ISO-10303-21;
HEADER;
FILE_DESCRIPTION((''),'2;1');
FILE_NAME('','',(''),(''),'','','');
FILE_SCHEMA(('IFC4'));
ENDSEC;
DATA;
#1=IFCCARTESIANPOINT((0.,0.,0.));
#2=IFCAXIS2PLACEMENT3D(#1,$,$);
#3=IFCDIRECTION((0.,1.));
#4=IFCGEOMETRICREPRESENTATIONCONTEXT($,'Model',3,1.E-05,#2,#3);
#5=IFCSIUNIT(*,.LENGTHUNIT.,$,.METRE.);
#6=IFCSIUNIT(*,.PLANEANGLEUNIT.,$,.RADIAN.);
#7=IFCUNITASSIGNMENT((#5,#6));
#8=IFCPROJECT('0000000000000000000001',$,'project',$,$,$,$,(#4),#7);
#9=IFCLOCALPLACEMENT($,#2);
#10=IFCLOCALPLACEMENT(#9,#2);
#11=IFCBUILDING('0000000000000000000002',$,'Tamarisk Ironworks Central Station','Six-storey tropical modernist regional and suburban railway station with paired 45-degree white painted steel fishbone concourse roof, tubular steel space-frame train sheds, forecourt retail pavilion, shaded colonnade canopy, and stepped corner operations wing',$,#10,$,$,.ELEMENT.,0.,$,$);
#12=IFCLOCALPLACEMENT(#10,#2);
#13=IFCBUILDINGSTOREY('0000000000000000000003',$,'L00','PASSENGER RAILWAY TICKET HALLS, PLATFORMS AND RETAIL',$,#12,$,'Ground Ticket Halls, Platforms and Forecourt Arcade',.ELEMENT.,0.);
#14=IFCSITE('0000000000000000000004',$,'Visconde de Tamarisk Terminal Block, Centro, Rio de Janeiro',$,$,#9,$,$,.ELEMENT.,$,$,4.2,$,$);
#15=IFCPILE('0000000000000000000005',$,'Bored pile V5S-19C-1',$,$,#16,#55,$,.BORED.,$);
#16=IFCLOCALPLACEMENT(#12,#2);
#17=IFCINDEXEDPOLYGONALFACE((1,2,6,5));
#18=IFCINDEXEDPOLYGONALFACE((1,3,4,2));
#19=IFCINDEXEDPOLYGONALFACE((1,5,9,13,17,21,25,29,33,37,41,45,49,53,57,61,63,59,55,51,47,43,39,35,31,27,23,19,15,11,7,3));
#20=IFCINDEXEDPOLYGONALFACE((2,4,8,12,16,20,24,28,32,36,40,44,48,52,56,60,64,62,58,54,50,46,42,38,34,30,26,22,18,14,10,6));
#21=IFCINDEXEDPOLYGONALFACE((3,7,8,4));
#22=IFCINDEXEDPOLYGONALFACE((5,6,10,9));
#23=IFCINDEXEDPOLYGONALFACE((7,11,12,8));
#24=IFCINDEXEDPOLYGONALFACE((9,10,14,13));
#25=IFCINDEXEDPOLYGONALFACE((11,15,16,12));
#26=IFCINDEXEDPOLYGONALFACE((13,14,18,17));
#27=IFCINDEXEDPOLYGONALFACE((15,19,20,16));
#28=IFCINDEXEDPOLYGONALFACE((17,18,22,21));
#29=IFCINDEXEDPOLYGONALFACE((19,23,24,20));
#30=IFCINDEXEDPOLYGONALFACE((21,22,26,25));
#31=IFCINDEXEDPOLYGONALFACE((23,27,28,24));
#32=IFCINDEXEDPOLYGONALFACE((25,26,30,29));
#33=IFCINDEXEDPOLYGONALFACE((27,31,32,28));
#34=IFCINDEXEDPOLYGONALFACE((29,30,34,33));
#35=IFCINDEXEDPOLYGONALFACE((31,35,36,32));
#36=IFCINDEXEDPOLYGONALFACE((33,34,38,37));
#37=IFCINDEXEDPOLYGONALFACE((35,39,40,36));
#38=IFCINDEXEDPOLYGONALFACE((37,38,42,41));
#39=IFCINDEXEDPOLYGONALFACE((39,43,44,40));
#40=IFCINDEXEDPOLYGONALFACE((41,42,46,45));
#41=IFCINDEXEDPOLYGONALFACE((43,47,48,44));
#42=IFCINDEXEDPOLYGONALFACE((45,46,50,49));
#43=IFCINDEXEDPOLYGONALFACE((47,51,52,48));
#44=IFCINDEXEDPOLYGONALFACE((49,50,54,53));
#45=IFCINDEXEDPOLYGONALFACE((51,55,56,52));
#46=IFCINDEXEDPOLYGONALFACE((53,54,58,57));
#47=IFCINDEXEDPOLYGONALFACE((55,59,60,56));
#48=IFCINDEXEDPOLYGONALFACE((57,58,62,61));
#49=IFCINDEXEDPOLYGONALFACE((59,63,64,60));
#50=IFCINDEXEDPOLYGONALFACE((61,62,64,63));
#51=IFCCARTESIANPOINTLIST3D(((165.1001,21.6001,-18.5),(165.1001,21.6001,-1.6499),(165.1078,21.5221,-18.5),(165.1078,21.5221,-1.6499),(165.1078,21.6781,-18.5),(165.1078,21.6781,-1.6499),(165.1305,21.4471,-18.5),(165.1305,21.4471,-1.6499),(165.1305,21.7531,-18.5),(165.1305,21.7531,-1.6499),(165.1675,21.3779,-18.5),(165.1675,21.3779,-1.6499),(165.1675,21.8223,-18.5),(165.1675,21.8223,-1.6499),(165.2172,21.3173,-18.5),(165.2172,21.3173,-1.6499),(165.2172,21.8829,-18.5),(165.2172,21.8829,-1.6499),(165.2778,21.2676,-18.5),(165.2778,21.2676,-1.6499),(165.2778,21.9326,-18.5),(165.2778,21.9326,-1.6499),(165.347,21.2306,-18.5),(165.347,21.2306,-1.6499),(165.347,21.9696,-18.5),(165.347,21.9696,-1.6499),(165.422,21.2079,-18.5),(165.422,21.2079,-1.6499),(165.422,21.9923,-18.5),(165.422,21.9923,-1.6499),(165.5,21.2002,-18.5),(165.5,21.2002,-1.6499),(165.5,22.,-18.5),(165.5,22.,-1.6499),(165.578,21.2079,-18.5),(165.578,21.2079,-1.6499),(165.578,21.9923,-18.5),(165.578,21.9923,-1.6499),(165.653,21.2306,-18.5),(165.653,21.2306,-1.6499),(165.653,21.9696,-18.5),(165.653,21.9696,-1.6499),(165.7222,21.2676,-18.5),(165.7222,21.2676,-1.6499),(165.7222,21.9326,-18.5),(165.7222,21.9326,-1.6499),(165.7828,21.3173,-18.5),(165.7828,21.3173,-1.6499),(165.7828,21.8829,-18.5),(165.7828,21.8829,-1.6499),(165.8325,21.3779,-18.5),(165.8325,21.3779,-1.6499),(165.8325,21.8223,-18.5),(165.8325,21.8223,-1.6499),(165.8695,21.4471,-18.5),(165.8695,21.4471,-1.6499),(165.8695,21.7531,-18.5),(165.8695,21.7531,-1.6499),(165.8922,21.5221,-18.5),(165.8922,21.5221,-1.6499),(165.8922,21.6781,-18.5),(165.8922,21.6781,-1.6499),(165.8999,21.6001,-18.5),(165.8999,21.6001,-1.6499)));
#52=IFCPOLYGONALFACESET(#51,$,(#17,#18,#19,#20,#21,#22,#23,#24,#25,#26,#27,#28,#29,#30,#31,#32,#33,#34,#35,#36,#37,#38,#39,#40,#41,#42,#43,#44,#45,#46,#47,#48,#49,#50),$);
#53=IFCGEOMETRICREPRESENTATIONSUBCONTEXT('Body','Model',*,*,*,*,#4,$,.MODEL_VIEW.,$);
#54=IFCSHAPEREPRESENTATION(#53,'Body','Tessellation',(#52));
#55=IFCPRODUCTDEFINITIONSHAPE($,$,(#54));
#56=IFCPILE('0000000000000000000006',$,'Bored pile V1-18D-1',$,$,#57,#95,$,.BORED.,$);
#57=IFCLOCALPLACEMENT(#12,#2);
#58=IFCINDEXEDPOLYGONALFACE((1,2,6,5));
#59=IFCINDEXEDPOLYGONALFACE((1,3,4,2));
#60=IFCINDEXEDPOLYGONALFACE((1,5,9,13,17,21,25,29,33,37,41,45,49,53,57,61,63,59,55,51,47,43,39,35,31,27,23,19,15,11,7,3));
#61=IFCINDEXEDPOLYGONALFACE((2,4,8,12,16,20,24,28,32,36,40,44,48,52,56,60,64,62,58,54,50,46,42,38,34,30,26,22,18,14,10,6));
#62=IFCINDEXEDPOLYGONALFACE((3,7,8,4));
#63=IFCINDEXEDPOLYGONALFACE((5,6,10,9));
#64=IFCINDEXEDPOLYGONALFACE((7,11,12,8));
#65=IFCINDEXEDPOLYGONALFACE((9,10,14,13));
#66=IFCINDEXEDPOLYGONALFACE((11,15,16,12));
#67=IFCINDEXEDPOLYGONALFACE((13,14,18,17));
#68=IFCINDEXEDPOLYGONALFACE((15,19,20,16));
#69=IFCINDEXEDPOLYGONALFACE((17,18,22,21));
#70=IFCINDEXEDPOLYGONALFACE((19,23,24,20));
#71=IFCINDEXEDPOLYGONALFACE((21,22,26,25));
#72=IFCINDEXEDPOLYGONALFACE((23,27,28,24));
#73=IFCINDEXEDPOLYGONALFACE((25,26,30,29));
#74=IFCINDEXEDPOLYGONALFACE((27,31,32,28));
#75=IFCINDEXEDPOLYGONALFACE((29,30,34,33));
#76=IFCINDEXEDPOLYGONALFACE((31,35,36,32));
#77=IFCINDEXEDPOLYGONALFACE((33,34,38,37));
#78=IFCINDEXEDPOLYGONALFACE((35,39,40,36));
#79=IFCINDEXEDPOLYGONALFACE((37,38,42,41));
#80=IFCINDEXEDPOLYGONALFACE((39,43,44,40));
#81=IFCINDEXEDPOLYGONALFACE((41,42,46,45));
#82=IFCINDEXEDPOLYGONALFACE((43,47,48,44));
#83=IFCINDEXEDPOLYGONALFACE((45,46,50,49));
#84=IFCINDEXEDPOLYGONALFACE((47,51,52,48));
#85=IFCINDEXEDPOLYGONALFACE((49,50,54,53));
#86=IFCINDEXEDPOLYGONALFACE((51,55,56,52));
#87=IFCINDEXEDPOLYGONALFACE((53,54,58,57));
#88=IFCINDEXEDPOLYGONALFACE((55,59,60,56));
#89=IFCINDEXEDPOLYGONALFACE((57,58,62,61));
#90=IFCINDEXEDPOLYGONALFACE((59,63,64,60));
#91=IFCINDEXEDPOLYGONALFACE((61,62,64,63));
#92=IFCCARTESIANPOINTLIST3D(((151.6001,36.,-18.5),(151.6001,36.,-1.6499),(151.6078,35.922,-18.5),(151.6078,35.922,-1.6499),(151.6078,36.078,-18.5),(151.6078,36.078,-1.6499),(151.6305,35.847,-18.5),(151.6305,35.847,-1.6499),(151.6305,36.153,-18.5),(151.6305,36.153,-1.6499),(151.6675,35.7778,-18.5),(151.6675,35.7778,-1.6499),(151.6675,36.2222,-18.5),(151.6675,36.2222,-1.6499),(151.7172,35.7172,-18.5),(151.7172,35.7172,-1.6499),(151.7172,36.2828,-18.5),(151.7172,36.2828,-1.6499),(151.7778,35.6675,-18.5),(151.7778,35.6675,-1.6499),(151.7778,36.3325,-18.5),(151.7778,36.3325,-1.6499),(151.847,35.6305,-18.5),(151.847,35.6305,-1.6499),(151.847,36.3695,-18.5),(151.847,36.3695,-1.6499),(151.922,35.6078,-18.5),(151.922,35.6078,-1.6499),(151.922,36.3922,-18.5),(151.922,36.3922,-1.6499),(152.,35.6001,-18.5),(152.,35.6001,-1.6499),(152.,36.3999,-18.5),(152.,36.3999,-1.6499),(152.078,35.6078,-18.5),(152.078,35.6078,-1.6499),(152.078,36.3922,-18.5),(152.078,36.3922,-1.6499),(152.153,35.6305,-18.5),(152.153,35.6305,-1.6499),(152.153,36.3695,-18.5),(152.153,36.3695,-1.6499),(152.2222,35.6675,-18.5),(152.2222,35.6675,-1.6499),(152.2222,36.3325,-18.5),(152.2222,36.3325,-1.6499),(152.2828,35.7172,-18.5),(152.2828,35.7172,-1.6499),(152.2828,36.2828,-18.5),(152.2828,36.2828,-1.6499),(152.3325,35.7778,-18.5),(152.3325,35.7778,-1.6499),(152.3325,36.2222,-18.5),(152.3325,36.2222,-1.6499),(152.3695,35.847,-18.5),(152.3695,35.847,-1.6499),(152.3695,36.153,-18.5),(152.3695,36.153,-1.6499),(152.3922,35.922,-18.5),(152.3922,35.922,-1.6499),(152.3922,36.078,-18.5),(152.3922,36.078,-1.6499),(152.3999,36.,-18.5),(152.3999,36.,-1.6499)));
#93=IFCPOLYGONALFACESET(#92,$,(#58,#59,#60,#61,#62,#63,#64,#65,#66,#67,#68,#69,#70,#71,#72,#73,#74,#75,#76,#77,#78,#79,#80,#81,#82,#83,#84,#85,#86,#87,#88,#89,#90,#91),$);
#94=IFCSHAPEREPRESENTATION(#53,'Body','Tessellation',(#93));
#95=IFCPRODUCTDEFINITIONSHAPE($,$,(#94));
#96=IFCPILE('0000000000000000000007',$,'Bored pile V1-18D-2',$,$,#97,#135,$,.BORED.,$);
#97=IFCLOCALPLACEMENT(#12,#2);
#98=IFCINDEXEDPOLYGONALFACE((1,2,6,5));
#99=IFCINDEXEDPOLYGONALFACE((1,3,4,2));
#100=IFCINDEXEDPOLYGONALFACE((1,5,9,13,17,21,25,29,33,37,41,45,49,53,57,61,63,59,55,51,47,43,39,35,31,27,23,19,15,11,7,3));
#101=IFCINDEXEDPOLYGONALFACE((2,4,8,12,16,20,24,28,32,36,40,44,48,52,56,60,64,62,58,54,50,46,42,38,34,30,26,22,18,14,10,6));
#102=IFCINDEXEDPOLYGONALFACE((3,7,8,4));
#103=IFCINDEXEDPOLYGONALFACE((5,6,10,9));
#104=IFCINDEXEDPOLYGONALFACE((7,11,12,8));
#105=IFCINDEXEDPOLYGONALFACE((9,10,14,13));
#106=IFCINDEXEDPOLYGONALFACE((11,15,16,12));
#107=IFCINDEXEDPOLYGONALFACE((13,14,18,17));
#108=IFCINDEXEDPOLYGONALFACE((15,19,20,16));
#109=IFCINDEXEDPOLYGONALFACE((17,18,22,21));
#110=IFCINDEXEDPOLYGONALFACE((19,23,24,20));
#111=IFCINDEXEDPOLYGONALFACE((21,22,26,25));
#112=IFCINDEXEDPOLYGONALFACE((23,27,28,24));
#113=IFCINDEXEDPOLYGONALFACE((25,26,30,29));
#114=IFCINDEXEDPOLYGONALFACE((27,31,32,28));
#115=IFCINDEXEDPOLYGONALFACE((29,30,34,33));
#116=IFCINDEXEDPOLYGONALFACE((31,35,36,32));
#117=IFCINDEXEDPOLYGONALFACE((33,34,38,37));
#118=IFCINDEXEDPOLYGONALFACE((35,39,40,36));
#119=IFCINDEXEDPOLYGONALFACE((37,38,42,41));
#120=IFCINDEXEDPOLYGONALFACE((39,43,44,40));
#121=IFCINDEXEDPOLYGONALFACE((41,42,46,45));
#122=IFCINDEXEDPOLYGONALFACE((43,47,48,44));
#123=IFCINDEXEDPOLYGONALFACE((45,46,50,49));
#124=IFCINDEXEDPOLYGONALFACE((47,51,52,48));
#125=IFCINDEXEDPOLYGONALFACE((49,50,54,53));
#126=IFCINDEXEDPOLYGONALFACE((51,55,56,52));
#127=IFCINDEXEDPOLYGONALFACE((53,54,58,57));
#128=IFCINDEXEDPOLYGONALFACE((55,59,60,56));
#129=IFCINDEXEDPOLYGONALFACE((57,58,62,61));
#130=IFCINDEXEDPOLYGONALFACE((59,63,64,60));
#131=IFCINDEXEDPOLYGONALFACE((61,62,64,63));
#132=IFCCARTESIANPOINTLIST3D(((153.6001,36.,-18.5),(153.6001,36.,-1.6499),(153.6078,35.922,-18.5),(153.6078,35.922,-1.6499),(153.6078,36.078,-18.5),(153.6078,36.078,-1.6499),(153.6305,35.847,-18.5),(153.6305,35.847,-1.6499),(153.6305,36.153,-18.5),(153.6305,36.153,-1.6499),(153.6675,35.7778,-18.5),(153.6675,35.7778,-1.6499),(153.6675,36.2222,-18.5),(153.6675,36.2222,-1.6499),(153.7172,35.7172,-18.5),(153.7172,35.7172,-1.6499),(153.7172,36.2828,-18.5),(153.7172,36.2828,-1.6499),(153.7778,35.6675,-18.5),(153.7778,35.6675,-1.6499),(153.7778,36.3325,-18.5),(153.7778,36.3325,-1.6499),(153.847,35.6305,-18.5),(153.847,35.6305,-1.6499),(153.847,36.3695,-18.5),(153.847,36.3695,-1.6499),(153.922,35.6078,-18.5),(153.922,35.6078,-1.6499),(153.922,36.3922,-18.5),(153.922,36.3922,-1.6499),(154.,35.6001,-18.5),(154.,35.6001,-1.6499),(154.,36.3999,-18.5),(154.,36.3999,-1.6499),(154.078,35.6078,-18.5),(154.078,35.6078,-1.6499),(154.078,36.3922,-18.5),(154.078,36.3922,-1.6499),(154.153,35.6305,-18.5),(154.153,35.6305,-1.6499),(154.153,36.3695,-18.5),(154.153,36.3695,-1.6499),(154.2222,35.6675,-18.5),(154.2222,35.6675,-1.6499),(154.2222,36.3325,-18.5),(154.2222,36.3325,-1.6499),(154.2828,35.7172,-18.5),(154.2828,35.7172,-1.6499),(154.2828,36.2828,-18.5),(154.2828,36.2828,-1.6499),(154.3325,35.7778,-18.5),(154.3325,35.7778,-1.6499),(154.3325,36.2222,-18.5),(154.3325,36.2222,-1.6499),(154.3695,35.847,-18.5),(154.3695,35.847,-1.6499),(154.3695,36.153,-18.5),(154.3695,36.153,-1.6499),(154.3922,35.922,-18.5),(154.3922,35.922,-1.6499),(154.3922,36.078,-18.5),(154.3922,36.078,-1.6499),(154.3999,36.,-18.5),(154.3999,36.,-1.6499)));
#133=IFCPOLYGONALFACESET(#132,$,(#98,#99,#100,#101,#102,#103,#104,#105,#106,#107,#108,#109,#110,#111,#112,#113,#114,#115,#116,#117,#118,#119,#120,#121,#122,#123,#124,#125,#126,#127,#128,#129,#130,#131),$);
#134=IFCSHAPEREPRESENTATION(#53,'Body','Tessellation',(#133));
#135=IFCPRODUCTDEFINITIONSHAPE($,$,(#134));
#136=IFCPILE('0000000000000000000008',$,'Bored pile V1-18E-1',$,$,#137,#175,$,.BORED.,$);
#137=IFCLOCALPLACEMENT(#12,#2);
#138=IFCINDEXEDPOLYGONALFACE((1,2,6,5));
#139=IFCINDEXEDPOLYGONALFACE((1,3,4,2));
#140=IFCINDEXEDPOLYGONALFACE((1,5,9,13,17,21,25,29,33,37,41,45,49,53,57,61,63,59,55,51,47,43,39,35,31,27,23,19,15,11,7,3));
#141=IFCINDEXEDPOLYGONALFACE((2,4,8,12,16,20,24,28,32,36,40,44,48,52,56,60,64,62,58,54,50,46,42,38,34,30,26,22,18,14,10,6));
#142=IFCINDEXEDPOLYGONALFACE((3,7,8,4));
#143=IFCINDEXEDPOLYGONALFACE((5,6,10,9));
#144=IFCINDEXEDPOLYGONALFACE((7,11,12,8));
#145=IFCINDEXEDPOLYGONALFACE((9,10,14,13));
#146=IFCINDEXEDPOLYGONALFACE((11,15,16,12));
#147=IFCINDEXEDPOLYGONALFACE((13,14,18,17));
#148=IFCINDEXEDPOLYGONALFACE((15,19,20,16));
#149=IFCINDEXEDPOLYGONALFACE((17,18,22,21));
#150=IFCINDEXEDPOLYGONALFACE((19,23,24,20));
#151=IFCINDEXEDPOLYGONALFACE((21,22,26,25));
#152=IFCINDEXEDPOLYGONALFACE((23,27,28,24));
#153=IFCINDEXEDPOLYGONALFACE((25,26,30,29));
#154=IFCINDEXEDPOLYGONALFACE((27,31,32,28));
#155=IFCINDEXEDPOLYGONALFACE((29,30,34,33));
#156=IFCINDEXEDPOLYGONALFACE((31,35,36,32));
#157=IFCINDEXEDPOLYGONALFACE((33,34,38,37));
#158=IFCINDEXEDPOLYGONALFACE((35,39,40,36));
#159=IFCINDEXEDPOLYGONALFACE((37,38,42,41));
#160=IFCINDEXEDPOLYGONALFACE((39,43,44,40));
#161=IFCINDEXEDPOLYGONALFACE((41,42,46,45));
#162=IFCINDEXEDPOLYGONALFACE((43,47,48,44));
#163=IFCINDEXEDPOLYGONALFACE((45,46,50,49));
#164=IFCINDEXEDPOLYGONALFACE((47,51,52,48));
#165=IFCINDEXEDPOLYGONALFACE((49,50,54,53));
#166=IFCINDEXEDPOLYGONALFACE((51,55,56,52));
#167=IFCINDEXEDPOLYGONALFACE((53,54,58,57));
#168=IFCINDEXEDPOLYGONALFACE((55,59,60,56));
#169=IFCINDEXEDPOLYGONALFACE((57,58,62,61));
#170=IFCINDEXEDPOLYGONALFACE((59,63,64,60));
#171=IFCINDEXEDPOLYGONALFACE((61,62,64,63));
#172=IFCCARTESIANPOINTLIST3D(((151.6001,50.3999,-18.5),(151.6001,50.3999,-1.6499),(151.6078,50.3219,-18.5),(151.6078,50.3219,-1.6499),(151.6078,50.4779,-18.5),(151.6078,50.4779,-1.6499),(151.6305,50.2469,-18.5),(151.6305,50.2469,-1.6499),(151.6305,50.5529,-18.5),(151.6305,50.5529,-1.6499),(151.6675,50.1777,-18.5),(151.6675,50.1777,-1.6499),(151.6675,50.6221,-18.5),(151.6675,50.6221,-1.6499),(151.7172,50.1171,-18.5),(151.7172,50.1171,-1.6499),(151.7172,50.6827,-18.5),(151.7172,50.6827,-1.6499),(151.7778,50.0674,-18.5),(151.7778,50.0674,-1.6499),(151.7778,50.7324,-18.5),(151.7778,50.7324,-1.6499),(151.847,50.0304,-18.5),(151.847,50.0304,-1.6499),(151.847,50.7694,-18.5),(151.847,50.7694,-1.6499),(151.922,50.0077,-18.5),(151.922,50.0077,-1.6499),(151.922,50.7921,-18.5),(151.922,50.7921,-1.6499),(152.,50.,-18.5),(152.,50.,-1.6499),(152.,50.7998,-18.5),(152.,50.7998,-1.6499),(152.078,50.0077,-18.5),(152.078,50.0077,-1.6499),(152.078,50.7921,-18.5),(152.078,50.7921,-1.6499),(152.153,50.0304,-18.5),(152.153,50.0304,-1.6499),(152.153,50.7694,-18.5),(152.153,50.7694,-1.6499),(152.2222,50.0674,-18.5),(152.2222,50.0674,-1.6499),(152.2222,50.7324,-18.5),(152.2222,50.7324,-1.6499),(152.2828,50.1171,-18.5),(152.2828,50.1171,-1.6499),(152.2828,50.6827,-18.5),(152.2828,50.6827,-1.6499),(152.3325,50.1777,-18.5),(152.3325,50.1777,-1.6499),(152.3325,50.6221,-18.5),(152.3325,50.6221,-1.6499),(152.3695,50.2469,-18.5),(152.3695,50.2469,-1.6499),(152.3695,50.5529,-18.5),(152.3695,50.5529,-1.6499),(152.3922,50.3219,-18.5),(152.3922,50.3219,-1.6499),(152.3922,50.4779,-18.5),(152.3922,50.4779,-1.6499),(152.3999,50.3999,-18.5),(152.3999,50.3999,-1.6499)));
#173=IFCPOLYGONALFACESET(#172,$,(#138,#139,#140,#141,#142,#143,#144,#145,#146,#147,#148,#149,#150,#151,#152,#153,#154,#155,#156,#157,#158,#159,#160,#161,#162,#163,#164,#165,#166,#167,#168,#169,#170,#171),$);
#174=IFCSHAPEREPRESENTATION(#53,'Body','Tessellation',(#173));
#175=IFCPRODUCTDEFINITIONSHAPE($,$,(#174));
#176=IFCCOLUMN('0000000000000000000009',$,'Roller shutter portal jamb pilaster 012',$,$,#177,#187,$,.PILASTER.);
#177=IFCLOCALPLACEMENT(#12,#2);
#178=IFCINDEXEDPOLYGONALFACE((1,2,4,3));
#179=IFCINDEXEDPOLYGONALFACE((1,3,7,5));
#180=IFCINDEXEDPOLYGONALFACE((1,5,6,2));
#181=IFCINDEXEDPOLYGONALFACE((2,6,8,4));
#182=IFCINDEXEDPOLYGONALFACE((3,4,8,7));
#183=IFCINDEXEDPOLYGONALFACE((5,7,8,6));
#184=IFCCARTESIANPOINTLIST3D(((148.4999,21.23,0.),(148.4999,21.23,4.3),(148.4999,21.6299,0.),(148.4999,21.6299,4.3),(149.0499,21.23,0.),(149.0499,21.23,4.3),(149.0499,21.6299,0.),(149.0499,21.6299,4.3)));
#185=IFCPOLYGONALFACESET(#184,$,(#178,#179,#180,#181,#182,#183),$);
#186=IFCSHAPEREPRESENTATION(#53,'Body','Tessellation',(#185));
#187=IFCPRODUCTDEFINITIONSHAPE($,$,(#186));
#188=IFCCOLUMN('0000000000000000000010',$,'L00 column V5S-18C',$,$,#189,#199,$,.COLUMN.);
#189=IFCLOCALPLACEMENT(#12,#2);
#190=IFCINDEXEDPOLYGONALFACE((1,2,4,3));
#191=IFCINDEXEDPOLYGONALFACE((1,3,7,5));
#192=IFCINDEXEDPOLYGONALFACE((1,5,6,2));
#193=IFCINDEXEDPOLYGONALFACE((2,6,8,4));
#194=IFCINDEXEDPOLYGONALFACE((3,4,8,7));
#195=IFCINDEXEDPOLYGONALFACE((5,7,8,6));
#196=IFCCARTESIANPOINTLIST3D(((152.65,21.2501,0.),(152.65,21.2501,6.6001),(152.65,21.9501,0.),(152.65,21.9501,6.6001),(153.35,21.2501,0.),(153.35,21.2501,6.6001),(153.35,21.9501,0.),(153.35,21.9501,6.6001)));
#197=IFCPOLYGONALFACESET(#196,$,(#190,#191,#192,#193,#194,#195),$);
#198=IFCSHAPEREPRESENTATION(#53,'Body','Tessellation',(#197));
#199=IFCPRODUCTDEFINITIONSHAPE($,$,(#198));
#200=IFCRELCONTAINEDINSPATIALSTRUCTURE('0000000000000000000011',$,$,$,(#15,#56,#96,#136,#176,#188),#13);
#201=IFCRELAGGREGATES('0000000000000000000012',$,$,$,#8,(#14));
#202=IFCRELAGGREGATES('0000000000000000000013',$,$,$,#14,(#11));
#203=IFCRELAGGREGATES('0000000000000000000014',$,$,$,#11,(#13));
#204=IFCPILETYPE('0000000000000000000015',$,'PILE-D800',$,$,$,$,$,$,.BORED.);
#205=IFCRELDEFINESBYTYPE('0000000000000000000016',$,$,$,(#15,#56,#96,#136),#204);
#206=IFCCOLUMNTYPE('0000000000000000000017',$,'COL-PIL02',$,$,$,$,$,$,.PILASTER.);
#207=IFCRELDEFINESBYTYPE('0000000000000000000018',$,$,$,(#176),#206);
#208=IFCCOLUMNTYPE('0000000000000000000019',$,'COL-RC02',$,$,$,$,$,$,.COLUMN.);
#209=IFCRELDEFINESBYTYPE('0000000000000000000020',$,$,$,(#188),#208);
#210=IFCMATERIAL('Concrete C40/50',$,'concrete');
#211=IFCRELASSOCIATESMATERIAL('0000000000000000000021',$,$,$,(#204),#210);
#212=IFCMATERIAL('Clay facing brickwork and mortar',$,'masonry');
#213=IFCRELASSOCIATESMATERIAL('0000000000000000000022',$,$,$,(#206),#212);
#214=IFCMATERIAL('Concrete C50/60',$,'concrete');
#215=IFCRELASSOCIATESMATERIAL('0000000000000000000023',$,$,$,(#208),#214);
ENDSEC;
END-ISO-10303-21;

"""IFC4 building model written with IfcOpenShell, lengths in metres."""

from ifc_helpers import new_model, si_unit, direction, frame, origin, origin_2d, place, context, subcontext, project, spatial, rectangle, circle, extrude, material, material_profile, profile_set, type_object, element, save


model = new_model("IFC4")

# Units and contexts
model_context = context("Model", 3, precision=1e-05, world=origin(), true_north=direction((0.0, 1.0)))
body_context = subcontext(model_context, "Body", "Model", "MODEL_VIEW")
ifc_project = project(units=[si_unit("LENGTHUNIT", "METRE"), si_unit("PLANEANGLEUNIT", "RADIAN")], contexts=[model_context])

# Site, building, storey
site_placement = place(None, origin())
site = spatial("IfcSite", under=ifc_project, at=site_placement, Name="Visconde de Tamarisk Terminal Block, Centro, Rio de Janeiro", CompositionType="ELEMENT", RefElevation=4.2)
building_placement = place(site_placement, origin())
building = spatial("IfcBuilding", under=site, at=building_placement, Name="Tamarisk Ironworks Central Station", Description="Six-storey tropical modernist regional and suburban railway station with paired 45-degree white painted steel fishbone concourse roof, tubular steel space-frame train sheds, forecourt retail pavilion, shaded colonnade canopy, and stepped corner operations wing", CompositionType="ELEMENT", ElevationOfRefHeight=0.0)
storey_placement = place(building_placement, origin())
storey = spatial("IfcBuildingStorey", under=building, at=storey_placement, Name="L00", Description="PASSENGER RAILWAY TICKET HALLS, PLATFORMS AND RETAIL", LongName="Ground Ticket Halls, Platforms and Forecourt Arcade", CompositionType="ELEMENT", Elevation=0.0)

# Shared definitions
ifc_material_1 = material(Name="Concrete C40/50", Category="concrete")

# Piles
ifc_material_profile_1 = material_profile(ifc_material_1, circle(Radius=0.3999, at=origin_2d()), Name="BORED PILE D800")
ifc_profile_set_1 = profile_set([ifc_material_profile_1], Name="Concrete C40/50")
pile_type = type_object("IfcPileType", Name="PILE-D800", PredefinedType="BORED", material=ifc_profile_set_1)
for number, where, z_axis, x_axis, name in (
    (1, (165.5, 21.6001, -1.6499), (0.0, 0.0, -1.0), (1.0, 0.0, 0.0), "Bored pile V5S-19C-1"),
    (2, (152.0, 36.0, -1.6499), (0.0, 0.0, -1.0), (1.0, 0.0, 0.0), "Bored pile V1-18D-1"),
    (3, (154.0, 36.0, -1.6499), (0.0, 0.0, -1.0), (1.0, 0.0, 0.0), "Bored pile V1-18D-2"),
    (4, (152.0, 50.3999, -1.6499), (0.0, 0.0, -1.0), (1.0, 0.0, 0.0), "Bored pile V1-18E-1"),
):
    element("IfcPile", number, at=place(storey_placement, frame(where, z_axis=z_axis, x_axis=x_axis)), inside=storey, type_object=pile_type, Name=name, PredefinedType="BORED", context=body_context, shape_type="SweptSolid", body=[
        extrude(circle(Radius=0.3999, at=origin_2d()), origin(), (0.0, 0.0, 1.0), 16.8501),
    ])

# Columns
ifc_material_2 = material(Name="Clay facing brickwork and mortar", Category="masonry")
ifc_material_profile_2 = material_profile(ifc_material_2, rectangle(XDim=0.55, YDim=0.3999, at=origin_2d()), Name="PIL 550x400")
ifc_profile_set_2 = profile_set([ifc_material_profile_2], Name="Clay facing brickwork and mortar")
column_type_1 = type_object("IfcColumnType", Name="COL-PIL02", PredefinedType="PILASTER", material=ifc_profile_set_2)
column_1_placement = place(storey_placement, frame((148.7749, 21.4299, 0.0), z_axis=(0.0, 0.0, 1.0), x_axis=(1.0, 0.0, 0.0)))
element("IfcColumn", 5, at=column_1_placement, inside=storey, type_object=column_type_1, Name="Roller shutter portal jamb pilaster 012", PredefinedType="PILASTER", context=body_context, shape_type="SweptSolid", body=[
    extrude(rectangle(XDim=0.55, YDim=0.3999, at=origin_2d()), origin(), (0.0, 0.0, 1.0), 4.3),
])
ifc_material_3 = material(Name="Concrete C50/60", Category="concrete")
ifc_material_profile_3 = material_profile(ifc_material_3, rectangle(XDim=0.7, YDim=0.7, at=origin_2d()), Name="RC 700x700")
ifc_profile_set_3 = profile_set([ifc_material_profile_3], Name="Concrete C50/60")
column_type_2 = type_object("IfcColumnType", Name="COL-RC02", PredefinedType="COLUMN", material=ifc_profile_set_3)
column_2_placement = place(storey_placement, frame((153.0, 21.6001, 0.0), z_axis=(0.0, 0.0, 1.0), x_axis=(1.0, 0.0, 0.0)))
element("IfcColumn", 6, at=column_2_placement, inside=storey, type_object=column_type_2, Name="L00 column V5S-18C", PredefinedType="COLUMN", context=body_context, shape_type="SweptSolid", body=[
    extrude(rectangle(XDim=0.7, YDim=0.7, at=origin_2d()), origin(), (0.0, 0.0, 1.0), 6.6001),
])

save(model, "model.ifc")
